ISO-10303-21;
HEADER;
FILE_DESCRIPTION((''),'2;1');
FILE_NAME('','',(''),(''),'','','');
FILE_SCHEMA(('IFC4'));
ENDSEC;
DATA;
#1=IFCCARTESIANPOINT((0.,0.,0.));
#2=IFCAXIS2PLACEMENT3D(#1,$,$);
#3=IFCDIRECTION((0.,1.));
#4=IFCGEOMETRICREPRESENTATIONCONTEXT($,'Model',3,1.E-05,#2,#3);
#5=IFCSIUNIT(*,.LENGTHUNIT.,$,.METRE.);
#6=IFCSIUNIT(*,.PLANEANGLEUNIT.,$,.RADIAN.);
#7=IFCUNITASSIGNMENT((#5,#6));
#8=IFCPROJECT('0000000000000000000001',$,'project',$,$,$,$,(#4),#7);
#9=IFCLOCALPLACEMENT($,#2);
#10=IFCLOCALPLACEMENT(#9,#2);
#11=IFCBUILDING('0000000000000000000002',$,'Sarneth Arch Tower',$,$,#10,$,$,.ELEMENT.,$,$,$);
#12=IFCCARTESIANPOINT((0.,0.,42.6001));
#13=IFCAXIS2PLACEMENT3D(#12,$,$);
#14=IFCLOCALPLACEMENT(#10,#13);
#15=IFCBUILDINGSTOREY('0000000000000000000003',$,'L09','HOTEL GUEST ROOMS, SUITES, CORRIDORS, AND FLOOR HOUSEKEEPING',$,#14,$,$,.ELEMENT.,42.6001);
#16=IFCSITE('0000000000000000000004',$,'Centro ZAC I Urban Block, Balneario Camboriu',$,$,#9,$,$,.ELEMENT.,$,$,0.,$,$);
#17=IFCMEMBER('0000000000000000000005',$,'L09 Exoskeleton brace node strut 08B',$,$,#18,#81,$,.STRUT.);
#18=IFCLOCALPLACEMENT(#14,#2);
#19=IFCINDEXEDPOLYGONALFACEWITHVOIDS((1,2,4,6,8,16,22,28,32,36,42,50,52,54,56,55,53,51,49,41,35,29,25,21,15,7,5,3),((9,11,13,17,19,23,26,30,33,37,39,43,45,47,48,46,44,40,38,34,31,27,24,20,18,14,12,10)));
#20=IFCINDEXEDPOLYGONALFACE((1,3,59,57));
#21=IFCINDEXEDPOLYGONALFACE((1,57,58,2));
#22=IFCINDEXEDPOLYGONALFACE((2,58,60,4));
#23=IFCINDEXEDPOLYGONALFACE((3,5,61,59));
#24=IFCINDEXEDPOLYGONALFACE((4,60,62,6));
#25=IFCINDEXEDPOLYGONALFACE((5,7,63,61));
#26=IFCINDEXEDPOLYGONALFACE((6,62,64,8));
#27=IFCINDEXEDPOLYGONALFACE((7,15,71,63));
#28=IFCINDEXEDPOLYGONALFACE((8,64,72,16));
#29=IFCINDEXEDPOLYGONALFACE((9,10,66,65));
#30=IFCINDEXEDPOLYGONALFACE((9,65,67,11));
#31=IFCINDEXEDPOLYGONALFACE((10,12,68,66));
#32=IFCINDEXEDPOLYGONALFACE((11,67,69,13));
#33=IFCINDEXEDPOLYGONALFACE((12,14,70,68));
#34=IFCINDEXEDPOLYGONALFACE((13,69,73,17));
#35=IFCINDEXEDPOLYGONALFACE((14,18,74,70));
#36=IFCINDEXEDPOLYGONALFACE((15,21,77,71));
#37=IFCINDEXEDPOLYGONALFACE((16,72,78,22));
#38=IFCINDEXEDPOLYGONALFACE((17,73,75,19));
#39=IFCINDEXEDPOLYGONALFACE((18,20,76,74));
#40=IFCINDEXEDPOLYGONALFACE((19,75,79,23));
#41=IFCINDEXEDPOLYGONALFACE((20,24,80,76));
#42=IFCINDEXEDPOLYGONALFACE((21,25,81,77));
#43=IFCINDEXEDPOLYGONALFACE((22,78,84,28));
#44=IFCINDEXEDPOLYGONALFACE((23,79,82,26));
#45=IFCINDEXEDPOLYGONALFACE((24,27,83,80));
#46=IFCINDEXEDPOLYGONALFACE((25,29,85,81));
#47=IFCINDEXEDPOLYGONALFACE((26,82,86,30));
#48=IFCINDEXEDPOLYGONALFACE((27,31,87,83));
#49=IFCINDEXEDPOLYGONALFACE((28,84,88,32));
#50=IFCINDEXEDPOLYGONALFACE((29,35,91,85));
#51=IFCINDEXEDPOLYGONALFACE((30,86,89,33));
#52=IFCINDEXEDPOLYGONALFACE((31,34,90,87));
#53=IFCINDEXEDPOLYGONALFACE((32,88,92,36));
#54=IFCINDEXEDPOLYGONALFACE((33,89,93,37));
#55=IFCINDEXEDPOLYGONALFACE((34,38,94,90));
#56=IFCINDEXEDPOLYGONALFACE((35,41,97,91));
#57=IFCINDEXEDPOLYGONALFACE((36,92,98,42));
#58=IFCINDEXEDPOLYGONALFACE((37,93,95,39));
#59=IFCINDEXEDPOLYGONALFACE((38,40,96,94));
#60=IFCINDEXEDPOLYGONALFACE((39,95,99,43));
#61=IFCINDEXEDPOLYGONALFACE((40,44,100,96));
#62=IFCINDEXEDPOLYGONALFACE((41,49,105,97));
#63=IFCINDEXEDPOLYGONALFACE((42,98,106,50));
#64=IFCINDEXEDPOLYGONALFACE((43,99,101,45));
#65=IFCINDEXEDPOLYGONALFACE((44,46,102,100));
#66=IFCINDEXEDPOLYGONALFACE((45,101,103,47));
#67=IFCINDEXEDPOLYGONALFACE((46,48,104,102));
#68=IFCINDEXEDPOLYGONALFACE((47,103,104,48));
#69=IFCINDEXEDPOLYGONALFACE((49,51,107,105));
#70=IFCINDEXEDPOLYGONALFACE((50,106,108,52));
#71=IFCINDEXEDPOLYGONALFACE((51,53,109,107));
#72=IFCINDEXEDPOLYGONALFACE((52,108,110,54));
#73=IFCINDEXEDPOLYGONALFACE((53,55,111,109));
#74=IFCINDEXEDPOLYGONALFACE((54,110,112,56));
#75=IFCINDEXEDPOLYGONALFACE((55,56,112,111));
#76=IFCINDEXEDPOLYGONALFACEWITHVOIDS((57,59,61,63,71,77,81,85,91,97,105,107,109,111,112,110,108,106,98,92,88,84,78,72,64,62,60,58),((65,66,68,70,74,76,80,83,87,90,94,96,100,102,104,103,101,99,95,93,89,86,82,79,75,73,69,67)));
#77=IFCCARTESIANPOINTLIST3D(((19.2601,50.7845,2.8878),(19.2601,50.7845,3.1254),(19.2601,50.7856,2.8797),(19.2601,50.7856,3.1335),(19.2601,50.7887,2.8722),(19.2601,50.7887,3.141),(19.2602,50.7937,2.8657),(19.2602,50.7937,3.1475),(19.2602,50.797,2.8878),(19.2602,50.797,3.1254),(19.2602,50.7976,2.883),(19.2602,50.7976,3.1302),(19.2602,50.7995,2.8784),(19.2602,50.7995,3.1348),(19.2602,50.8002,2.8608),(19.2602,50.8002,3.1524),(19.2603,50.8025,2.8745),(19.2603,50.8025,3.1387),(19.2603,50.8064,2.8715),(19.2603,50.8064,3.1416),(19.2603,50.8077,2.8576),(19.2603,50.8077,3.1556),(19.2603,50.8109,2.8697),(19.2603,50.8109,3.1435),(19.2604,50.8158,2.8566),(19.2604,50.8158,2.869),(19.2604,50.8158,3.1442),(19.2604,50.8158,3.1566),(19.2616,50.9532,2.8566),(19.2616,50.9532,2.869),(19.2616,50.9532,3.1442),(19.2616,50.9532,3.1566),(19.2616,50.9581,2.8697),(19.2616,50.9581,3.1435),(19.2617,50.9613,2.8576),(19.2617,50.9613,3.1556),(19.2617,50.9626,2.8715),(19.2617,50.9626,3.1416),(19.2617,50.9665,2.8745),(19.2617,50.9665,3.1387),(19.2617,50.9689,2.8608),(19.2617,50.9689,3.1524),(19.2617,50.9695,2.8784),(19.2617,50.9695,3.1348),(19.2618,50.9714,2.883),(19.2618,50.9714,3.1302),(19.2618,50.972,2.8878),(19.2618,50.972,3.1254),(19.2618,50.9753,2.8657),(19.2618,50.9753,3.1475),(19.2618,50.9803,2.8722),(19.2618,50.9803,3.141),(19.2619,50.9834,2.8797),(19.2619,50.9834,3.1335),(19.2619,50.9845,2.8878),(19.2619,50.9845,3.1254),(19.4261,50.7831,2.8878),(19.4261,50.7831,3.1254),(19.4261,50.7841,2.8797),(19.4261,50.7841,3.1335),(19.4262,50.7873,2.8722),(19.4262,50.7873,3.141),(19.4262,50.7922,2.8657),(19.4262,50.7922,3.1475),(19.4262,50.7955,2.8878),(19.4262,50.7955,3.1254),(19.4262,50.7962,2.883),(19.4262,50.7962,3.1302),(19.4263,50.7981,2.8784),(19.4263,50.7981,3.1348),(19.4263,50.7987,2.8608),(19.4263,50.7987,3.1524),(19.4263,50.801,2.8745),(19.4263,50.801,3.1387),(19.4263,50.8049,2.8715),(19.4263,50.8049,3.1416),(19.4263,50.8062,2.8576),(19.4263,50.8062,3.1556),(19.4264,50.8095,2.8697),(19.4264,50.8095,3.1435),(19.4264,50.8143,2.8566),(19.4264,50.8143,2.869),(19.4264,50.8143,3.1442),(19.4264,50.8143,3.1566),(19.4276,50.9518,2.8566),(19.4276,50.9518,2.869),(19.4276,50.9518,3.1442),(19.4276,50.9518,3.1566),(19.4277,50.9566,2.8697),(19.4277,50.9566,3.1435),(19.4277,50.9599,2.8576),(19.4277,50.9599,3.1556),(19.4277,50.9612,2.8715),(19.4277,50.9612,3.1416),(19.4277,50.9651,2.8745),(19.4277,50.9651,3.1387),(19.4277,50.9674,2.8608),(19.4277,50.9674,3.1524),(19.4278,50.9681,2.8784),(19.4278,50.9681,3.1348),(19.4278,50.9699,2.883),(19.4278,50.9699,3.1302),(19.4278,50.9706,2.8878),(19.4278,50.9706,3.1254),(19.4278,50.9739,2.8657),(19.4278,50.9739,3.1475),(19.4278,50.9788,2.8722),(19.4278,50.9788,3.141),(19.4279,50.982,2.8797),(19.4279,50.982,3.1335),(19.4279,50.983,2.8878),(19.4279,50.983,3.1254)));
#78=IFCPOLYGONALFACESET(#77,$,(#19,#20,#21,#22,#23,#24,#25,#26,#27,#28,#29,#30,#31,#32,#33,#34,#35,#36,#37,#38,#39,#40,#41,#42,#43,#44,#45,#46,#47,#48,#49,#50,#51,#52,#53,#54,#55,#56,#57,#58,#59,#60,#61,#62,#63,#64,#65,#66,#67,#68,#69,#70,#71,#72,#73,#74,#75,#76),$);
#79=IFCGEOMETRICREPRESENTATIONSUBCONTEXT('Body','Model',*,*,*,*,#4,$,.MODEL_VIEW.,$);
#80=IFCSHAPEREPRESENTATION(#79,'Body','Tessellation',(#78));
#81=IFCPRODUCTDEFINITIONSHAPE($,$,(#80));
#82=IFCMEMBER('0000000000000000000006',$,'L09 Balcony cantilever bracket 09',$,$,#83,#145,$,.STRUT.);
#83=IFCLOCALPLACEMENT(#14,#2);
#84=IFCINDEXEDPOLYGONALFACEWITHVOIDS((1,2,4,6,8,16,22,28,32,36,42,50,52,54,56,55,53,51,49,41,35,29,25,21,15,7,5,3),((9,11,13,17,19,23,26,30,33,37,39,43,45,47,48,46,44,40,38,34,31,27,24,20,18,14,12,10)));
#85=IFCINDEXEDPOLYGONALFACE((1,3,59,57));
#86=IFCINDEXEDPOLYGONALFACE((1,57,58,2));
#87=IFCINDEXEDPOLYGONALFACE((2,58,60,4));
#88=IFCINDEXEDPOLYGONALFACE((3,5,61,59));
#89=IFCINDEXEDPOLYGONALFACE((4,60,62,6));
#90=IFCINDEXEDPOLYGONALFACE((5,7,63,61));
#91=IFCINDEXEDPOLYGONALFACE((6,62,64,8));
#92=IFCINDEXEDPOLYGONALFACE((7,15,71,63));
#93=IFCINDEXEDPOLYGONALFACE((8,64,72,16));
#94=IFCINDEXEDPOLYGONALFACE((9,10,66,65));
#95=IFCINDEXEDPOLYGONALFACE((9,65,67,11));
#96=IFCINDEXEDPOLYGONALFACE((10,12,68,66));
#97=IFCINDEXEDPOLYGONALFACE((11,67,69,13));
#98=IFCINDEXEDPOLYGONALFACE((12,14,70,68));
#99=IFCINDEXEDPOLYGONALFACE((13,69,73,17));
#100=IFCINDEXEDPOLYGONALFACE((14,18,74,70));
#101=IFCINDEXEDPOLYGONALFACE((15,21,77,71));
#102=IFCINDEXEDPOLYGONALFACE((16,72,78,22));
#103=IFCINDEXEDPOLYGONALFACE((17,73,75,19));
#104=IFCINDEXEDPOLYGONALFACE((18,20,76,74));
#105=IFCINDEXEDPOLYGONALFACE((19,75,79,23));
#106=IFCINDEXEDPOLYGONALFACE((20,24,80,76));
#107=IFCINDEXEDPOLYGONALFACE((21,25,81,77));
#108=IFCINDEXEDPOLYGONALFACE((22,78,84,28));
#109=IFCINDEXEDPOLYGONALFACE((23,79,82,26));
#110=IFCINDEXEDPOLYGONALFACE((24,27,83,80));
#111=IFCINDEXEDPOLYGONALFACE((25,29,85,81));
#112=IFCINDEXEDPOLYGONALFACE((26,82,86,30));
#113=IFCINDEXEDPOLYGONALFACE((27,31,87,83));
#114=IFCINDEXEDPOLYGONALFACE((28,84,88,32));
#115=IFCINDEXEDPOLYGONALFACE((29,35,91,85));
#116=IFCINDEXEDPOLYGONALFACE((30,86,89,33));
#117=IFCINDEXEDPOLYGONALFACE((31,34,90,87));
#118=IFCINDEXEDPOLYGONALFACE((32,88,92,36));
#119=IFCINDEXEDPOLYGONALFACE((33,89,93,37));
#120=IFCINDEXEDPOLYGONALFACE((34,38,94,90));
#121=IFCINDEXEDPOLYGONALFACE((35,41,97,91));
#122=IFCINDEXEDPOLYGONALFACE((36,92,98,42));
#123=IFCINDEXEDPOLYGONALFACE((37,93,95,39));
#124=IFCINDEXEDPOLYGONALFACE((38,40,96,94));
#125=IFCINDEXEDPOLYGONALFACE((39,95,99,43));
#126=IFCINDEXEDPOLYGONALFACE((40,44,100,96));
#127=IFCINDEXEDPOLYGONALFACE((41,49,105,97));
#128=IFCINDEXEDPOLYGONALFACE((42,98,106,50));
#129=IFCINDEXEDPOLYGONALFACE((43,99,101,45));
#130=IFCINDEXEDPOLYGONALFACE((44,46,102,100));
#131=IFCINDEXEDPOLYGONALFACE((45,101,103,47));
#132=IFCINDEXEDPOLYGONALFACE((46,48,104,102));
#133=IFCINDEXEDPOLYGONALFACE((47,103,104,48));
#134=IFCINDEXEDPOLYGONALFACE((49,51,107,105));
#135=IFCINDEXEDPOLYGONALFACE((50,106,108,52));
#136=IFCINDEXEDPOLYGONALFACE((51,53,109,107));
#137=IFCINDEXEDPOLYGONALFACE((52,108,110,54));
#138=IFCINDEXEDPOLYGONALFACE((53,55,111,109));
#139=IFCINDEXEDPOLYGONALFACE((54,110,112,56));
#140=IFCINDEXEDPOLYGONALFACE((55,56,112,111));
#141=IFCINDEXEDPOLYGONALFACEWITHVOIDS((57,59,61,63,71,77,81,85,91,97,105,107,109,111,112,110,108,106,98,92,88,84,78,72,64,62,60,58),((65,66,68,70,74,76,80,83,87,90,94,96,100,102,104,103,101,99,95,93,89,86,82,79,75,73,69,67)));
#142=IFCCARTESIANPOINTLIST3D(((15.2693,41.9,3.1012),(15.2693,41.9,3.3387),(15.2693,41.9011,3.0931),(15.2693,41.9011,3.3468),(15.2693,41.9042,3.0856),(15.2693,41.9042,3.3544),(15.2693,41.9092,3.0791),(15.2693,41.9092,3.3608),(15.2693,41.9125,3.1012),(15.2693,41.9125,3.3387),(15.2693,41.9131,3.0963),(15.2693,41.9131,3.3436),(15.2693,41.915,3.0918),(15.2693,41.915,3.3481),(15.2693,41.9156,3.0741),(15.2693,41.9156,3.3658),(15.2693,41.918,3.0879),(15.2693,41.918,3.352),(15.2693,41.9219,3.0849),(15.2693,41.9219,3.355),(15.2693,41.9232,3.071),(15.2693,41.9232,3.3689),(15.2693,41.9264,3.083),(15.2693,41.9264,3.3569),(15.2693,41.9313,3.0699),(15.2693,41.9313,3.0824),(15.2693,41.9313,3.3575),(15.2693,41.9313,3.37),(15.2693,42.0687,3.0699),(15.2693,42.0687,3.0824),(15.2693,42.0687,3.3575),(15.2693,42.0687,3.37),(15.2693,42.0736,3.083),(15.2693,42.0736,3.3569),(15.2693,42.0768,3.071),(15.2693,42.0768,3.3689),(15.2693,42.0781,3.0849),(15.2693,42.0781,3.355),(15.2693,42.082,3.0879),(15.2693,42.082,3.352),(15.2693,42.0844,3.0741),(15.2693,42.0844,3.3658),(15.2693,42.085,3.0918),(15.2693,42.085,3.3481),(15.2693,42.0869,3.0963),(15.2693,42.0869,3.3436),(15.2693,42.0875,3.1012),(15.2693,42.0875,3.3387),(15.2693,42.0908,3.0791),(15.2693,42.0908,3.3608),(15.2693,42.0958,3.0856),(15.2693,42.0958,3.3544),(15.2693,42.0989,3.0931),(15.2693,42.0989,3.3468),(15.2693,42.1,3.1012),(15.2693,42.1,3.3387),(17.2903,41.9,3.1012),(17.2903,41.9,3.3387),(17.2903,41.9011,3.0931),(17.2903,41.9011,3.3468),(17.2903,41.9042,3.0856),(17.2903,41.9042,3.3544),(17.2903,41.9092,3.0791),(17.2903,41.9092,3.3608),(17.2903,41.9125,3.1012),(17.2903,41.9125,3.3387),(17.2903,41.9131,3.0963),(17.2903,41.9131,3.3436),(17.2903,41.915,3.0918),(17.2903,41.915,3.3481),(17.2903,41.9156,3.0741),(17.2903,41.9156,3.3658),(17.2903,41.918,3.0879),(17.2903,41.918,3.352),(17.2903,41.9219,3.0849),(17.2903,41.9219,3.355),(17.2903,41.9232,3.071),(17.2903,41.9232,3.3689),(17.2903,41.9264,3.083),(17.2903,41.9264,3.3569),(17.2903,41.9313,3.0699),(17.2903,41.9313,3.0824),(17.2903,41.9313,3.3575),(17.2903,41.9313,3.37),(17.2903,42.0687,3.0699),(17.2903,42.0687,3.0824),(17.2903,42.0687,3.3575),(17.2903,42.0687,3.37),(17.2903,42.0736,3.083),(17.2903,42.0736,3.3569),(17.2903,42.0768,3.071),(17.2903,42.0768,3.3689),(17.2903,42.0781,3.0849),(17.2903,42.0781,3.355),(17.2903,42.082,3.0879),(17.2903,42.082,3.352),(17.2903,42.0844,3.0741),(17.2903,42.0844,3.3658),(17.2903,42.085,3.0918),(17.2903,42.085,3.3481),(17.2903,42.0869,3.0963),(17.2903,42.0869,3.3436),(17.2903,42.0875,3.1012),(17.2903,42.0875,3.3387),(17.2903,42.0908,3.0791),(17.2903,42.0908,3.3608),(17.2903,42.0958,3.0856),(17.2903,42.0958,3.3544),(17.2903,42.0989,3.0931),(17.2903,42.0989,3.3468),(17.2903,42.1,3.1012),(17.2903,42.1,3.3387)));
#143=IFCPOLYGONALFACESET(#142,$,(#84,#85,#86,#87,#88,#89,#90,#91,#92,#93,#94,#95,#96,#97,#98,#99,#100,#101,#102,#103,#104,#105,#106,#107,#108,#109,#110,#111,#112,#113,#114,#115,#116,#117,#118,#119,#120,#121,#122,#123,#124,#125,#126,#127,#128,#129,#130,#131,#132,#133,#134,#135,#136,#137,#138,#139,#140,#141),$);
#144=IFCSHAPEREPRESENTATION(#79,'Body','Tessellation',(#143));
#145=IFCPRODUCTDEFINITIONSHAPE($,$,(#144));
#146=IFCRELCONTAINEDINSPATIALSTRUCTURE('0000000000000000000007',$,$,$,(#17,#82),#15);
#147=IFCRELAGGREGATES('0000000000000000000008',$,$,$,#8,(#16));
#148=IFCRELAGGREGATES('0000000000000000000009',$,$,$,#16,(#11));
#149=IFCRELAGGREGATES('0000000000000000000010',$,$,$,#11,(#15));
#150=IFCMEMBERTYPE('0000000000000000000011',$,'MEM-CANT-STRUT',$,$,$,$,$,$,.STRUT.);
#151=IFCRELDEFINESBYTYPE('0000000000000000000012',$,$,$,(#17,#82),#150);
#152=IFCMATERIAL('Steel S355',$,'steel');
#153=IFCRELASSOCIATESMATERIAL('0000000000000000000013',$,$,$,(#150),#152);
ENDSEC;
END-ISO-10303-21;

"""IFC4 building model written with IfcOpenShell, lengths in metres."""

from ifc_helpers import new_model, si_unit, direction, frame, origin, origin_2d, place, context, subcontext, project, spatial, hollow_rectangle, extrude, material, material_profile, profile_set, type_object, element, save


model = new_model("IFC4")

# Units and contexts
model_context = context("Model", 3, precision=1e-05, world=origin(), true_north=direction((0.0, 1.0)))
body_context = subcontext(model_context, "Body", "Model", "MODEL_VIEW")
ifc_project = project(units=[si_unit("LENGTHUNIT", "METRE"), si_unit("PLANEANGLEUNIT", "RADIAN")], contexts=[model_context])

# Site, building, storey
site_placement = place(None, origin())
site = spatial("IfcSite", under=ifc_project, at=site_placement, Name="Centro ZAC I Urban Block, Balneario Camboriu", CompositionType="ELEMENT", RefElevation=0.0)
building_placement = place(site_placement, origin())
building = spatial("IfcBuilding", under=site, at=building_placement, Name="Sarneth Arch Tower", CompositionType="ELEMENT")
storey_placement = place(building_placement, frame((0.0, 0.0, 42.6001)))
storey = spatial("IfcBuildingStorey", under=building, at=storey_placement, Name="L09", Description="HOTEL GUEST ROOMS, SUITES, CORRIDORS, AND FLOOR HOUSEKEEPING", CompositionType="ELEMENT", Elevation=42.6001)

# Members
ifc_material_1 = material(Name="Steel S355", Category="steel")
ifc_material_profile_1 = material_profile(ifc_material_1, hollow_rectangle(XDim=0.2, YDim=0.3, WallThickness=0.0125, InnerFilletRadius=0.0188, OuterFilletRadius=0.0312, at=origin_2d()), Name="RHS300x200x12.5")
ifc_profile_set_1 = profile_set([ifc_material_profile_1], Name="Steel S355")
member_type_1 = type_object("IfcMemberType", Name="MEM-CANT-STRUT", PredefinedType="STRUT", material=ifc_profile_set_1)
member_1_placement = place(storey_placement, frame((19.427, 50.8831, 3.0066), z_axis=(-0.999961, 0.008823, 0.0), x_axis=(-0.008823, -0.999961, 0.0)))
element("IfcMember", 1, at=member_1_placement, inside=storey, type_object=member_type_1, Name="L09 Exoskeleton brace node strut 08B", PredefinedType="STRUT", context=body_context, shape_type="SweptSolid", body=[
    extrude(hollow_rectangle(XDim=0.2, YDim=0.3, WallThickness=0.0125, InnerFilletRadius=0.0188, OuterFilletRadius=0.0312, at=origin_2d()), origin(), (0.0, 0.0, 1.0), 0.166),
])
member_2_placement = place(storey_placement, frame((17.2903, 42.0, 3.22), z_axis=(-1.0, 0.0, 0.0), x_axis=(0.0, -1.0, 0.0)))
element("IfcMember", 2, at=member_2_placement, inside=storey, type_object=member_type_1, Name="L09 Balcony cantilever bracket 09", PredefinedType="STRUT", context=body_context, shape_type="SweptSolid", body=[
    extrude(hollow_rectangle(XDim=0.2, YDim=0.3, WallThickness=0.0125, InnerFilletRadius=0.0188, OuterFilletRadius=0.0312, at=origin_2d()), origin(), (0.0, 0.0, 1.0), 2.021),
])

save(model, "model.ifc")
